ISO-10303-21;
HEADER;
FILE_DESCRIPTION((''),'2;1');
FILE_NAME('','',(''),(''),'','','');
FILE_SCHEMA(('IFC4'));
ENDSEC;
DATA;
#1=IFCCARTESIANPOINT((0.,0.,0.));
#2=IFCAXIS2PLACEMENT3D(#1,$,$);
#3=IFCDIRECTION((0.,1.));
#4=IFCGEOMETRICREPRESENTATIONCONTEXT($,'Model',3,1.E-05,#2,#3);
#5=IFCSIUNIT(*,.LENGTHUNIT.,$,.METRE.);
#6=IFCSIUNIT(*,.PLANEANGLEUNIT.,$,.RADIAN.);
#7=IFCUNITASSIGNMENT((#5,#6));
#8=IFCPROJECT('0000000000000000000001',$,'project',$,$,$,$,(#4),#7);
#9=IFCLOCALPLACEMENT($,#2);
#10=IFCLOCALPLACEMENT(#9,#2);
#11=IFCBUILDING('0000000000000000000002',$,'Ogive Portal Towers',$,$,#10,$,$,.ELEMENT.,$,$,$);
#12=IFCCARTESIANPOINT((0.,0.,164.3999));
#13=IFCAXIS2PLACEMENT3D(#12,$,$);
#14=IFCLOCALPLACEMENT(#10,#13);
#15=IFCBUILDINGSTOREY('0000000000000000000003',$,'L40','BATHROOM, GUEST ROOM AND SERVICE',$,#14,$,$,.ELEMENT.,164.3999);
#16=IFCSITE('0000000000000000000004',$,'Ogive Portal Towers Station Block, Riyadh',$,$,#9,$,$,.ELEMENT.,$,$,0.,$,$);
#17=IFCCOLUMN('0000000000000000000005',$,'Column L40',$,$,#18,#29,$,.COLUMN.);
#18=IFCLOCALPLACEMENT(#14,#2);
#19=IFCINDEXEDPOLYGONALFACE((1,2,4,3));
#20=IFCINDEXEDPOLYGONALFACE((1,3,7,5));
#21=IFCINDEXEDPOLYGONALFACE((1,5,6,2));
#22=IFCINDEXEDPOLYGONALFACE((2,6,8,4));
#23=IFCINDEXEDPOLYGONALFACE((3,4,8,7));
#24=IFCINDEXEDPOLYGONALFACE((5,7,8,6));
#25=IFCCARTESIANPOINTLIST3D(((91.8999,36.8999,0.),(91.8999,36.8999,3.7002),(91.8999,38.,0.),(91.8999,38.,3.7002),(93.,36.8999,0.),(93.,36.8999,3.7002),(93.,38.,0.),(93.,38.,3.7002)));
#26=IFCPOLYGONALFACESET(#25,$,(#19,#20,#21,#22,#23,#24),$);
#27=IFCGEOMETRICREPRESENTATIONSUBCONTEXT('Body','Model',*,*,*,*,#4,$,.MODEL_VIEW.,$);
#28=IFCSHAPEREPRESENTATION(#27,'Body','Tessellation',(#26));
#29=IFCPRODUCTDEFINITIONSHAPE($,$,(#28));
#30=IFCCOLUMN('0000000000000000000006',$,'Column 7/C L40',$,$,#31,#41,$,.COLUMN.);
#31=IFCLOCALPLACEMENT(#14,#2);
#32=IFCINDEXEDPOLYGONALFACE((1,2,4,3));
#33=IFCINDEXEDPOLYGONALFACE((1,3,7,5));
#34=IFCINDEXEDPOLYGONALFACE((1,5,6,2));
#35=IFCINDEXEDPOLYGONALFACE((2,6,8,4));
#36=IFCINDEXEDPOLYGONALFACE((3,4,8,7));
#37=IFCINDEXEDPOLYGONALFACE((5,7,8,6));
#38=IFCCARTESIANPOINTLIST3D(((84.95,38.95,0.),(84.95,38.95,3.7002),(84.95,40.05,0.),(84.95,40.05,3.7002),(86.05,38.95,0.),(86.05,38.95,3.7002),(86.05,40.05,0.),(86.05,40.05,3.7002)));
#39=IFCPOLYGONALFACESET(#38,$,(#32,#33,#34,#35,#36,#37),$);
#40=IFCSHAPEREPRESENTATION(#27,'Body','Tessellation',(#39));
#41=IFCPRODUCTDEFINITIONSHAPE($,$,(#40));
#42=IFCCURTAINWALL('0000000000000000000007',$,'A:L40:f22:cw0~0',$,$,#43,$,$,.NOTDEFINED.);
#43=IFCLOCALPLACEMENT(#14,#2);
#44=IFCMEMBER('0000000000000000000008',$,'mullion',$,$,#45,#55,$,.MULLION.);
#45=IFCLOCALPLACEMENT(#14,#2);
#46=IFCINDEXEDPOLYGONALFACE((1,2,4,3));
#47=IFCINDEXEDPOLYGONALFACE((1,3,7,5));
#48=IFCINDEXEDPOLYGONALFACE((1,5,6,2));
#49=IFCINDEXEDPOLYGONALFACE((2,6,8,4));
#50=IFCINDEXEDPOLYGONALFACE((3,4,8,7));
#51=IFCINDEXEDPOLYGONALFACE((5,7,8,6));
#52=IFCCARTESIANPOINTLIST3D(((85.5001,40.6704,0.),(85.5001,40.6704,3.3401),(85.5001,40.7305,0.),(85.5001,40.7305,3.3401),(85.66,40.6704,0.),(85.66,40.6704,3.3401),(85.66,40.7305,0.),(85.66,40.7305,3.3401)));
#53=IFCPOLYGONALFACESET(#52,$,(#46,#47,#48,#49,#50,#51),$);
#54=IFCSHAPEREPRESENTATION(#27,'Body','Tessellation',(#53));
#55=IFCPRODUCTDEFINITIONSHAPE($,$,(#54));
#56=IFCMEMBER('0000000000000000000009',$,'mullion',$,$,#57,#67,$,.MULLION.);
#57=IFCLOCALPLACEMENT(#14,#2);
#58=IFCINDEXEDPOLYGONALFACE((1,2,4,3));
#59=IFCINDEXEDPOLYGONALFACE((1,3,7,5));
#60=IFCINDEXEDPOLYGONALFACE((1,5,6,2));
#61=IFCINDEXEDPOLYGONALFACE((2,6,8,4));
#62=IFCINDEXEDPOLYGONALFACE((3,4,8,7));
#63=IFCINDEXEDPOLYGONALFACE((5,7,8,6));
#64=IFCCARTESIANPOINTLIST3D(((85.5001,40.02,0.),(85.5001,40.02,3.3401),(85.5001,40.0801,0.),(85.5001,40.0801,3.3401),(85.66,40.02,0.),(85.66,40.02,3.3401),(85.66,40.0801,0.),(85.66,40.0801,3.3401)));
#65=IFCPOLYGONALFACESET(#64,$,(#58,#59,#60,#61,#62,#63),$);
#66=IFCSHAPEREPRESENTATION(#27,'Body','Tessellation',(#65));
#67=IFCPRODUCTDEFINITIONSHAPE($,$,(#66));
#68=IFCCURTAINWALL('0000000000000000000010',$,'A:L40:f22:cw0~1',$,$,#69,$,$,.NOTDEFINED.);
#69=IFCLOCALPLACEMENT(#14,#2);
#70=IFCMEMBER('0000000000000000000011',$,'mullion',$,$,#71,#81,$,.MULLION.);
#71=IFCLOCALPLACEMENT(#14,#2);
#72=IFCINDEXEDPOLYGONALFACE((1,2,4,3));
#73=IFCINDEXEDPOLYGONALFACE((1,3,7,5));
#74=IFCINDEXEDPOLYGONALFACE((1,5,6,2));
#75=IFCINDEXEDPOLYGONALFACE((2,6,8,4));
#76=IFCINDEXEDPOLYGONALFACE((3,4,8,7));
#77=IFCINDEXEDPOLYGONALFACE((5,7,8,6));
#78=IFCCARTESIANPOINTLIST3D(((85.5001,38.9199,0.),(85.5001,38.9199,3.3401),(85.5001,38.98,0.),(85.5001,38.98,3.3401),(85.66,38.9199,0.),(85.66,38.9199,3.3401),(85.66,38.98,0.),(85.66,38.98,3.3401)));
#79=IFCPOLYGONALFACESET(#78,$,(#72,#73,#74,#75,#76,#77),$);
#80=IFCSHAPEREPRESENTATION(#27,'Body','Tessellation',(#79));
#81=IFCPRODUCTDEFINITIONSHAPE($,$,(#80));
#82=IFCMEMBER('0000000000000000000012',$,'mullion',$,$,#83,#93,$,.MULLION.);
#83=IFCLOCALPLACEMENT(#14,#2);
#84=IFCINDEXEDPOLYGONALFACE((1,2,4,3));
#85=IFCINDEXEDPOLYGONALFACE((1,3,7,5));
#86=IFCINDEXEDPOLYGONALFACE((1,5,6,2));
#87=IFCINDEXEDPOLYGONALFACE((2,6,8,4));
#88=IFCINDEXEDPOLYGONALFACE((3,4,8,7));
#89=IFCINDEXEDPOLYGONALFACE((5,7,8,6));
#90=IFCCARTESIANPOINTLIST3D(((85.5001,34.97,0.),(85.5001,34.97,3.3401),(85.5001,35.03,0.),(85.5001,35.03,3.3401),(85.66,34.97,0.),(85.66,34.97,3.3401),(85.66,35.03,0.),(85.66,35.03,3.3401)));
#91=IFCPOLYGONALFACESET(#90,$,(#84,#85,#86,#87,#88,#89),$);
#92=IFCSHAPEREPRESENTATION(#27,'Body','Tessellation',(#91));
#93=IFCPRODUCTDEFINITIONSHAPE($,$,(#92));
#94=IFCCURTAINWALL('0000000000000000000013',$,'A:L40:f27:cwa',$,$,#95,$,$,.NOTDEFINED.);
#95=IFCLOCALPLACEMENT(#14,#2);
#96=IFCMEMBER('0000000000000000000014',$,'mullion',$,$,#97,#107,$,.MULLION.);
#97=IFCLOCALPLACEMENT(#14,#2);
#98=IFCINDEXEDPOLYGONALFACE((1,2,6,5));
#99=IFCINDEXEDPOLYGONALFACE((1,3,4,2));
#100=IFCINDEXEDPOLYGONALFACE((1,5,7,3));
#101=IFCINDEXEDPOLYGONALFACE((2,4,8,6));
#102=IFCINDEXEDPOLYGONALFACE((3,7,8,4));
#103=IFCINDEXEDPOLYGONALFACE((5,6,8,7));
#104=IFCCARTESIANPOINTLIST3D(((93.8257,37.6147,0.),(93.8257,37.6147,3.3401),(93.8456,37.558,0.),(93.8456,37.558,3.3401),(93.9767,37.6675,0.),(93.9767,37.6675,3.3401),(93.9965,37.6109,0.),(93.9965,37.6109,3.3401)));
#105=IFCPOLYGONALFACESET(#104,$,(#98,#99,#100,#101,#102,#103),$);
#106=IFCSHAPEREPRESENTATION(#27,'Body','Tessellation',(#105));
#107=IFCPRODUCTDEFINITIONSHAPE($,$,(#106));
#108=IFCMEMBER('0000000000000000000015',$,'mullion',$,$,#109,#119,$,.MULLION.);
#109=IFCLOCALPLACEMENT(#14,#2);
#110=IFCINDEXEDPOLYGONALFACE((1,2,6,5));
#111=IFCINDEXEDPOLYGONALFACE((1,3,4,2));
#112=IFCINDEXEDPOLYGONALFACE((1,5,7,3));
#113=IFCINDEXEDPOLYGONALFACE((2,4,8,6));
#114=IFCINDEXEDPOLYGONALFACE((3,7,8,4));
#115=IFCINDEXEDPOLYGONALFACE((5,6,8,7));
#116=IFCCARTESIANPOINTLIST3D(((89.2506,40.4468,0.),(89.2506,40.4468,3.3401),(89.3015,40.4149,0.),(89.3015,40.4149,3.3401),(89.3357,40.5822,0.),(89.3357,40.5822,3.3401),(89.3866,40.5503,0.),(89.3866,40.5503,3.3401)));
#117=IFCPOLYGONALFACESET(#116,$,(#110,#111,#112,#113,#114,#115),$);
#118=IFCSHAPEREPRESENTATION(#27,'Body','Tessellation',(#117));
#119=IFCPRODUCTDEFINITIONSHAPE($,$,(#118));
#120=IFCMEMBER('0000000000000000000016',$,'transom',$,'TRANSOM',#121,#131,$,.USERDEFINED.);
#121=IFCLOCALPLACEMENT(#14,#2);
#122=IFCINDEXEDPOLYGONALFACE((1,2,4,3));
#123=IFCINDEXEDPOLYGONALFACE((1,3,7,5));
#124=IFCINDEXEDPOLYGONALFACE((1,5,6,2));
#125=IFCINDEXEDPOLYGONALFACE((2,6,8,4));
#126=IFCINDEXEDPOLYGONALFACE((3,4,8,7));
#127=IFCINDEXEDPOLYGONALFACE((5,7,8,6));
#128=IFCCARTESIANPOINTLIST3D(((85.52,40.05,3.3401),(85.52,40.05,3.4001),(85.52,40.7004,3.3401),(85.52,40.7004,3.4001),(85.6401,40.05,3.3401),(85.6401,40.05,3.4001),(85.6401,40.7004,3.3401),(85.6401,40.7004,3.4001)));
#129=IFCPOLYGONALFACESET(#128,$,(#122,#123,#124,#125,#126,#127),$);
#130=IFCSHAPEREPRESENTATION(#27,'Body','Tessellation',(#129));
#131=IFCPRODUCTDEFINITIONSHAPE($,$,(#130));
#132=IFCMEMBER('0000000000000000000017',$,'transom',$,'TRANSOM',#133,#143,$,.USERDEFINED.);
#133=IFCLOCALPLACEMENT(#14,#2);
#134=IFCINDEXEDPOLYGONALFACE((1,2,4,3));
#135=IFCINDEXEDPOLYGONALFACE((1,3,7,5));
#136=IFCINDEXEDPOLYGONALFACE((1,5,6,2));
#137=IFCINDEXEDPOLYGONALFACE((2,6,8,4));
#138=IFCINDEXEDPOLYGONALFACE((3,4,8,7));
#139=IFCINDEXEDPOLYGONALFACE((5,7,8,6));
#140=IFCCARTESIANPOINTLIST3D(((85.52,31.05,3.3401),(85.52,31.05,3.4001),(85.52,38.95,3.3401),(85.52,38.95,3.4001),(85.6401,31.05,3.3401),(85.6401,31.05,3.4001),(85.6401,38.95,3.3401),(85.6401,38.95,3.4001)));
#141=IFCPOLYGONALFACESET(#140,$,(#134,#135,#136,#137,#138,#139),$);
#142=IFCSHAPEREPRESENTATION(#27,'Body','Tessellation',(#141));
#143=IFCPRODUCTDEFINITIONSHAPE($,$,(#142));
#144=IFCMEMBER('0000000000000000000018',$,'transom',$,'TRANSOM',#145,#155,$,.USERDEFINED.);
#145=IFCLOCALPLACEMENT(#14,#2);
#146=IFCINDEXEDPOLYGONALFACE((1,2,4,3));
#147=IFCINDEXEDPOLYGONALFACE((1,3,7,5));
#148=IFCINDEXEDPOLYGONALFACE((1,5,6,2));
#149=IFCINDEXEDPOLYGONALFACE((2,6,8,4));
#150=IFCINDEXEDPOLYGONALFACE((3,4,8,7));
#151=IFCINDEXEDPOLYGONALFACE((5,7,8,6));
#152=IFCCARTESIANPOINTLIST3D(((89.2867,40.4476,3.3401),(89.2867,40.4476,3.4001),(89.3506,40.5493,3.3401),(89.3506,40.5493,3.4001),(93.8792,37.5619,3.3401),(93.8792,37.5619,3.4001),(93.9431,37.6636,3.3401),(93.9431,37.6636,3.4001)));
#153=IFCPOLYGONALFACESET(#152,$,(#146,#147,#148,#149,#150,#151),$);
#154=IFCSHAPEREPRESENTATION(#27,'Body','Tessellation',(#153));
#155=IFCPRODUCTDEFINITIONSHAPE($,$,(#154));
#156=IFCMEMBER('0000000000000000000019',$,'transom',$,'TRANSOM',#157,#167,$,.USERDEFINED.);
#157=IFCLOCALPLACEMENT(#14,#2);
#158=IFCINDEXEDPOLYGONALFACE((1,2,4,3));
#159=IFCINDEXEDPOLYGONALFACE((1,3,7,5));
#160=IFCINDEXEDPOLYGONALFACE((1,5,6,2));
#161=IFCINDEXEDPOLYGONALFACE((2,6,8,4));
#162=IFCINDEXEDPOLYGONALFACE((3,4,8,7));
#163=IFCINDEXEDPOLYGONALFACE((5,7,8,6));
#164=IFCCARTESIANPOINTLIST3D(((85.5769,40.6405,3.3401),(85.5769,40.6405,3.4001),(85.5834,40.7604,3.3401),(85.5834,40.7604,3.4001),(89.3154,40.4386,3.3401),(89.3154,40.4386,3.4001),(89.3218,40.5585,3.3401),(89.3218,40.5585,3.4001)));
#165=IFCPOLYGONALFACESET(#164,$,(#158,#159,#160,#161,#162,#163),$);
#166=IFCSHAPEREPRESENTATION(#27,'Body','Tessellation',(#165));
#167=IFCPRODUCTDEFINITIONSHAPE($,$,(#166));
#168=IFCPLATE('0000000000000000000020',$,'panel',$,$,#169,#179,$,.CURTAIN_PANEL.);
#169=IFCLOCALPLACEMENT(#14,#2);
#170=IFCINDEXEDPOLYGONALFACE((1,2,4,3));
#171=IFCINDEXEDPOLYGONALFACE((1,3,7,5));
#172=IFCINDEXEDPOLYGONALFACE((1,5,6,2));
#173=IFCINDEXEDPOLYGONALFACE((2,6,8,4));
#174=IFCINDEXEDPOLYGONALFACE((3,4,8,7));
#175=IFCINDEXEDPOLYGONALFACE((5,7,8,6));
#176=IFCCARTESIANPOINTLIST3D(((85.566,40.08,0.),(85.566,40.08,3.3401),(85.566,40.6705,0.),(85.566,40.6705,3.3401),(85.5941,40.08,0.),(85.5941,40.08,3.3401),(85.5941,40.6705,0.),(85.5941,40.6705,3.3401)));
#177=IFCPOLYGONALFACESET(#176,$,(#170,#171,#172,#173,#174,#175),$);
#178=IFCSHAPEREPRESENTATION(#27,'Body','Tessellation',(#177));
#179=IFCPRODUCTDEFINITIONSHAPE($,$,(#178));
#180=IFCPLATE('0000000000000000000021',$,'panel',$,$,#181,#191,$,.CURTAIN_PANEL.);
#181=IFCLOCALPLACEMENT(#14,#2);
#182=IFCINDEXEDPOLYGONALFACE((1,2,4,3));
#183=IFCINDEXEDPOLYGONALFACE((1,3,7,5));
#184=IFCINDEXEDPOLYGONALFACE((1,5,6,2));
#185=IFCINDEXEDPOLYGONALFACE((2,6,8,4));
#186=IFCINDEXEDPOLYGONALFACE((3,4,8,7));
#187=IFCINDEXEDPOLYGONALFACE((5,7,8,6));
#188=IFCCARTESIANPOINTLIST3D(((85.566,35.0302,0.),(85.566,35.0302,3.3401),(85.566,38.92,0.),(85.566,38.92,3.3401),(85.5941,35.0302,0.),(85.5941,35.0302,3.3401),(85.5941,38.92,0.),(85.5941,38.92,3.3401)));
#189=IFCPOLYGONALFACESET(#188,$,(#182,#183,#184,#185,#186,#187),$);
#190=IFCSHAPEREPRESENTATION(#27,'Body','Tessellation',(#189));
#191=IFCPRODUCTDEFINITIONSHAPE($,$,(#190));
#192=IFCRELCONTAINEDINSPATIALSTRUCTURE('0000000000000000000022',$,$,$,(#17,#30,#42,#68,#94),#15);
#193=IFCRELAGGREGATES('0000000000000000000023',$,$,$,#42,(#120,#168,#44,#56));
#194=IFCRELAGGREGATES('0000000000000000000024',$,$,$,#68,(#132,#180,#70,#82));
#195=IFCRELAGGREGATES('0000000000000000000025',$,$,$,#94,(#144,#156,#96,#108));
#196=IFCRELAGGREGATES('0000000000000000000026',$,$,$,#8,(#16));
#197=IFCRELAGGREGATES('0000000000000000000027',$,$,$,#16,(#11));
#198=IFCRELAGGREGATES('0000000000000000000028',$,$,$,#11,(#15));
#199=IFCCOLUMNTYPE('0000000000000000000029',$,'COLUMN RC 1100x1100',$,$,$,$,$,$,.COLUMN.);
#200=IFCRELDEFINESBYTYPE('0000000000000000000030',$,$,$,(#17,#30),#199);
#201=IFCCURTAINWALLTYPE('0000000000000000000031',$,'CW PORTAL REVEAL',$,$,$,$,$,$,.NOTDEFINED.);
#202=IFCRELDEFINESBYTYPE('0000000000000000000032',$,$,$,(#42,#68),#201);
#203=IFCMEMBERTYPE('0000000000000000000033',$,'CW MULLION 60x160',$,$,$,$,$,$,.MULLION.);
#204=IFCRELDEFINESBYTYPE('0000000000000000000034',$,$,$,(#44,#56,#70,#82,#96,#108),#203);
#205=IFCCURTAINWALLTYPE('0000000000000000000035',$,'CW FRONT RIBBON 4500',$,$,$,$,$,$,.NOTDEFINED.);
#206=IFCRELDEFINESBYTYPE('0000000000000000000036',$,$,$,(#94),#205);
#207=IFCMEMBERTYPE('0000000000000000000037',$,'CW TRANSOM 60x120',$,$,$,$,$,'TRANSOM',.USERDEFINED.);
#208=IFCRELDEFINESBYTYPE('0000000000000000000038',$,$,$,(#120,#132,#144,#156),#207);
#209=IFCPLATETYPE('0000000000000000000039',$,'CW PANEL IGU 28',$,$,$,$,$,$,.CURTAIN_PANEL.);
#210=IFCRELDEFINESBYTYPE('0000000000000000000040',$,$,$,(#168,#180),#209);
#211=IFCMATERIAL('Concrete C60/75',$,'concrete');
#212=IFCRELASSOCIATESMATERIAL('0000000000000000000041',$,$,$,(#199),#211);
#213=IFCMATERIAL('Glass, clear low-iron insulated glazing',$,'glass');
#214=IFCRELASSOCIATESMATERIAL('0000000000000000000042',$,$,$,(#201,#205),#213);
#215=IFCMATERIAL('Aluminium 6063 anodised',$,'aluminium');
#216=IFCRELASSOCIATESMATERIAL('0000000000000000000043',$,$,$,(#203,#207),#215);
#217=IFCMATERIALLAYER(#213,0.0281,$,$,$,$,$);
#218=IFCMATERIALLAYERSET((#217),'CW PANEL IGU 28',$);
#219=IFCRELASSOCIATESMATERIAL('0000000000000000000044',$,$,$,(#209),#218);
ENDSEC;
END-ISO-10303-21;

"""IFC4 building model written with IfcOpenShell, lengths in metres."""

from ifc_helpers import new_model, si_unit, direction, frame, origin, origin_2d, place, context, subcontext, project, spatial, rectangle, extrude, material, layer, layer_set, material_profile, profile_set, type_object, element, aggregate, save


model = new_model("IFC4")

# Units and contexts
model_context = context("Model", 3, precision=1e-05, world=origin(), true_north=direction((0.0, 1.0)))
body_context = subcontext(model_context, "Body", "Model", "MODEL_VIEW")
ifc_project = project(units=[si_unit("LENGTHUNIT", "METRE"), si_unit("PLANEANGLEUNIT", "RADIAN")], contexts=[model_context])

# Site, building, storey
site_placement = place(None, origin())
site = spatial("IfcSite", under=ifc_project, at=site_placement, Name="Ogive Portal Towers Station Block, Riyadh", CompositionType="ELEMENT", RefElevation=0.0)
building_placement = place(site_placement, origin())
building = spatial("IfcBuilding", under=site, at=building_placement, Name="Ogive Portal Towers", CompositionType="ELEMENT")
storey_placement = place(building_placement, frame((0.0, 0.0, 164.3999)))
storey = spatial("IfcBuildingStorey", under=building, at=storey_placement, Name="L40", Description="BATHROOM, GUEST ROOM AND SERVICE", CompositionType="ELEMENT", Elevation=164.3999)

# Columns
ifc_material_1 = material(Name="Concrete C60/75", Category="concrete")
ifc_material_profile_1 = material_profile(ifc_material_1, rectangle(XDim=1.1001, YDim=1.1001, at=origin_2d()), Name="RC 1100x1100")
ifc_profile_set_1 = profile_set([ifc_material_profile_1], Name="Concrete C60/75")
column_type = type_object("IfcColumnType", Name="COLUMN RC 1100x1100", PredefinedType="COLUMN", material=ifc_profile_set_1)
for number, where, z_axis, x_axis, name in (
    (1, (92.45, 37.45, 0.0), (0.0, 0.0, 1.0), (1.0, 0.0, 0.0), "Column L40"),
    (2, (85.5, 39.5, 0.0), (0.0, 0.0, 1.0), (1.0, 0.0, 0.0), "Column 7/C L40"),
):
    element("IfcColumn", number, at=place(storey_placement, frame(where, z_axis=z_axis, x_axis=x_axis)), inside=storey, type_object=column_type, Name=name, PredefinedType="COLUMN", context=body_context, shape_type="SweptSolid", body=[
        extrude(rectangle(XDim=1.1001, YDim=1.1001, at=origin_2d()), origin(), (0.0, 0.0, 1.0), 3.7002),
    ])

# Curtain walls, members
ifc_material_2 = material(Name="Glass, clear low-iron insulated glazing", Category="glass")
curtain_wall_type_1 = type_object("IfcCurtainWallType", Name="CW PORTAL REVEAL", PredefinedType="NOTDEFINED", material=ifc_material_2)
curtain_wall_1_placement = place(storey_placement, origin())
curtain_wall_1 = element("IfcCurtainWall", 3, at=curtain_wall_1_placement, inside=storey, type_object=curtain_wall_type_1, Name="A:L40:f22:cw0~0", PredefinedType="NOTDEFINED")
ifc_material_3 = material(Name="Aluminium 6063 anodised", Category="aluminium")
ifc_material_profile_2 = material_profile(ifc_material_3, rectangle(XDim=0.1599, YDim=0.0601, at=origin_2d()), Name="AL 60x160")
ifc_profile_set_2 = profile_set([ifc_material_profile_2], Name="Aluminium 6063 anodised")
member_type_1 = type_object("IfcMemberType", Name="CW MULLION 60x160", PredefinedType="MULLION", material=ifc_profile_set_2)
member_1_placement = place(storey_placement, frame((85.5801, 40.7004, 0.0), z_axis=(0.0, 0.0, 1.0), x_axis=(1.0, 0.0, 0.0)))
member_1 = element("IfcMember", 4, at=member_1_placement, type_object=member_type_1, Name="mullion", PredefinedType="MULLION", context=body_context, shape_type="SweptSolid", body=[
    extrude(rectangle(XDim=0.1599, YDim=0.0601, at=origin_2d()), origin(), (0.0, 0.0, 1.0), 3.3401),
])
member_2_placement = place(storey_placement, frame((85.5801, 40.05, 0.0), z_axis=(0.0, 0.0, 1.0), x_axis=(1.0, 0.0, 0.0)))
member_2 = element("IfcMember", 5, at=member_2_placement, type_object=member_type_1, Name="mullion", PredefinedType="MULLION", context=body_context, shape_type="SweptSolid", body=[
    extrude(rectangle(XDim=0.1599, YDim=0.0601, at=origin_2d()), origin(), (0.0, 0.0, 1.0), 3.3401),
])
curtain_wall_2_placement = place(storey_placement, origin())
curtain_wall_2 = element("IfcCurtainWall", 6, at=curtain_wall_2_placement, inside=storey, type_object=curtain_wall_type_1, Name="A:L40:f22:cw0~1", PredefinedType="NOTDEFINED")
member_3_placement = place(storey_placement, frame((85.5801, 38.95, 0.0), z_axis=(0.0, 0.0, 1.0), x_axis=(1.0, 0.0, 0.0)))
member_3 = element("IfcMember", 7, at=member_3_placement, type_object=member_type_1, Name="mullion", PredefinedType="MULLION", context=body_context, shape_type="SweptSolid", body=[
    extrude(rectangle(XDim=0.1599, YDim=0.0601, at=origin_2d()), origin(), (0.0, 0.0, 1.0), 3.3401),
])
member_4_placement = place(storey_placement, frame((85.5801, 35.0, 0.0), z_axis=(0.0, 0.0, 1.0), x_axis=(1.0, 0.0, 0.0)))
member_4 = element("IfcMember", 8, at=member_4_placement, type_object=member_type_1, Name="mullion", PredefinedType="MULLION", context=body_context, shape_type="SweptSolid", body=[
    extrude(rectangle(XDim=0.1599, YDim=0.0601, at=origin_2d()), origin(), (0.0, 0.0, 1.0), 3.3401),
])
curtain_wall_type_2 = type_object("IfcCurtainWallType", Name="CW FRONT RIBBON 4500", PredefinedType="NOTDEFINED", material=ifc_material_2)
curtain_wall_3_placement = place(storey_placement, origin())
curtain_wall_3 = element("IfcCurtainWall", 9, at=curtain_wall_3_placement, inside=storey, type_object=curtain_wall_type_2, Name="A:L40:f27:cwa", PredefinedType="NOTDEFINED")
member_5_placement = place(storey_placement, frame((93.9111, 37.6128, 0.0), z_axis=(0.0, 0.0, 1.0), x_axis=(-0.943883, -0.330279, 0.0)))
member_5 = element("IfcMember", 10, at=member_5_placement, type_object=member_type_1, Name="mullion", PredefinedType="MULLION", context=body_context, shape_type="SweptSolid", body=[
    extrude(rectangle(XDim=0.1599, YDim=0.0601, at=origin_2d()), origin(), (0.0, 0.0, 1.0), 3.3401),
])
member_6_placement = place(storey_placement, frame((89.3186, 40.4985, 0.0), z_axis=(0.0, 0.0, 1.0), x_axis=(-0.532032, -0.846724, 0.0)))
member_6 = element("IfcMember", 11, at=member_6_placement, type_object=member_type_1, Name="mullion", PredefinedType="MULLION", context=body_context, shape_type="SweptSolid", body=[
    extrude(rectangle(XDim=0.1599, YDim=0.0601, at=origin_2d()), origin(), (0.0, 0.0, 1.0), 3.3401),
])

# Members
ifc_material_profile_3 = material_profile(ifc_material_3, rectangle(XDim=0.1201, YDim=0.0601, at=origin_2d()), Name="AL 120x60")
ifc_profile_set_3 = profile_set([ifc_material_profile_3], Name="Aluminium 6063 anodised")
member_type_2 = type_object("IfcMemberType", Name="CW TRANSOM 60x120", ElementType="TRANSOM", PredefinedType="USERDEFINED", material=ifc_profile_set_3)
member_7_placement = place(storey_placement, frame((85.5801, 40.7004, 3.3701), z_axis=(0.0, -1.0, 0.0), x_axis=(1.0, 0.0, 0.0)))
member_7 = element("IfcMember", 12, at=member_7_placement, type_object=member_type_2, Name="transom", ObjectType="TRANSOM", PredefinedType="USERDEFINED", context=body_context, shape_type="SweptSolid", body=[
    extrude(rectangle(XDim=0.1201, YDim=0.0601, at=origin_2d()), origin(), (0.0, 0.0, 1.0), 0.6504),
])
member_8_placement = place(storey_placement, frame((85.5801, 38.95, 3.3701), z_axis=(0.0, -1.0, 0.0), x_axis=(1.0, 0.0, 0.0)))
member_8 = element("IfcMember", 13, at=member_8_placement, type_object=member_type_2, Name="transom", ObjectType="TRANSOM", PredefinedType="USERDEFINED", context=body_context, shape_type="SweptSolid", body=[
    extrude(rectangle(XDim=0.1201, YDim=0.0601, at=origin_2d()), origin(), (0.0, 0.0, 1.0), 7.8999),
])
member_9_placement = place(storey_placement, frame((93.9111, 37.6128, 3.3701), z_axis=(-0.846719, 0.532041, 0.0), x_axis=(-0.532041, -0.846719, 0.0)))
member_9 = element("IfcMember", 14, at=member_9_placement, type_object=member_type_2, Name="transom", ObjectType="TRANSOM", PredefinedType="USERDEFINED", context=body_context, shape_type="SweptSolid", body=[
    extrude(rectangle(XDim=0.1201, YDim=0.0601, at=origin_2d()), origin(), (0.0, 0.0, 1.0), 5.4238),
])
member_10_placement = place(storey_placement, frame((89.3186, 40.4985, 3.3701), z_axis=(-0.998545, 0.053928, 0.0), x_axis=(-0.053928, -0.998545, 0.0)))
member_10 = element("IfcMember", 15, at=member_10_placement, type_object=member_type_2, Name="transom", ObjectType="TRANSOM", PredefinedType="USERDEFINED", context=body_context, shape_type="SweptSolid", body=[
    extrude(rectangle(XDim=0.1201, YDim=0.0601, at=origin_2d()), origin(), (0.0, 0.0, 1.0), 3.7439),
])

# Plates
ifc_layer_1 = layer(ifc_material_2, 0.0281)
ifc_layer_set_1 = layer_set([ifc_layer_1], Name="CW PANEL IGU 28")
plate_type = type_object("IfcPlateType", Name="CW PANEL IGU 28", PredefinedType="CURTAIN_PANEL", material=ifc_layer_set_1)
plate_1_placement = place(storey_placement, frame((85.5801, 40.3752, 0.0), z_axis=(0.0, 0.0, 1.0), x_axis=(0.0, -1.0, 0.0)))
plate_1 = element("IfcPlate", 16, at=plate_1_placement, type_object=plate_type, Name="panel", PredefinedType="CURTAIN_PANEL", context=body_context, shape_type="SweptSolid", body=[
    extrude(rectangle(XDim=0.5906, YDim=0.0281, at=origin_2d()), origin(), (0.0, 0.0, 1.0), 3.3401),
])
aggregate(curtain_wall_1, [member_7, plate_1, member_1, member_2])
plate_2_placement = place(storey_placement, frame((85.5801, 36.9751, 0.0), z_axis=(0.0, 0.0, 1.0), x_axis=(0.0, -1.0, 0.0)))
plate_2 = element("IfcPlate", 17, at=plate_2_placement, type_object=plate_type, Name="panel", PredefinedType="CURTAIN_PANEL", context=body_context, shape_type="SweptSolid", body=[
    extrude(rectangle(XDim=3.8899, YDim=0.0281, at=origin_2d()), origin(), (0.0, 0.0, 1.0), 3.3401),
])
aggregate(curtain_wall_2, [member_8, plate_2, member_3, member_4])
aggregate(curtain_wall_3, [member_9, member_10, member_5, member_6])

save(model, "model.ifc")
